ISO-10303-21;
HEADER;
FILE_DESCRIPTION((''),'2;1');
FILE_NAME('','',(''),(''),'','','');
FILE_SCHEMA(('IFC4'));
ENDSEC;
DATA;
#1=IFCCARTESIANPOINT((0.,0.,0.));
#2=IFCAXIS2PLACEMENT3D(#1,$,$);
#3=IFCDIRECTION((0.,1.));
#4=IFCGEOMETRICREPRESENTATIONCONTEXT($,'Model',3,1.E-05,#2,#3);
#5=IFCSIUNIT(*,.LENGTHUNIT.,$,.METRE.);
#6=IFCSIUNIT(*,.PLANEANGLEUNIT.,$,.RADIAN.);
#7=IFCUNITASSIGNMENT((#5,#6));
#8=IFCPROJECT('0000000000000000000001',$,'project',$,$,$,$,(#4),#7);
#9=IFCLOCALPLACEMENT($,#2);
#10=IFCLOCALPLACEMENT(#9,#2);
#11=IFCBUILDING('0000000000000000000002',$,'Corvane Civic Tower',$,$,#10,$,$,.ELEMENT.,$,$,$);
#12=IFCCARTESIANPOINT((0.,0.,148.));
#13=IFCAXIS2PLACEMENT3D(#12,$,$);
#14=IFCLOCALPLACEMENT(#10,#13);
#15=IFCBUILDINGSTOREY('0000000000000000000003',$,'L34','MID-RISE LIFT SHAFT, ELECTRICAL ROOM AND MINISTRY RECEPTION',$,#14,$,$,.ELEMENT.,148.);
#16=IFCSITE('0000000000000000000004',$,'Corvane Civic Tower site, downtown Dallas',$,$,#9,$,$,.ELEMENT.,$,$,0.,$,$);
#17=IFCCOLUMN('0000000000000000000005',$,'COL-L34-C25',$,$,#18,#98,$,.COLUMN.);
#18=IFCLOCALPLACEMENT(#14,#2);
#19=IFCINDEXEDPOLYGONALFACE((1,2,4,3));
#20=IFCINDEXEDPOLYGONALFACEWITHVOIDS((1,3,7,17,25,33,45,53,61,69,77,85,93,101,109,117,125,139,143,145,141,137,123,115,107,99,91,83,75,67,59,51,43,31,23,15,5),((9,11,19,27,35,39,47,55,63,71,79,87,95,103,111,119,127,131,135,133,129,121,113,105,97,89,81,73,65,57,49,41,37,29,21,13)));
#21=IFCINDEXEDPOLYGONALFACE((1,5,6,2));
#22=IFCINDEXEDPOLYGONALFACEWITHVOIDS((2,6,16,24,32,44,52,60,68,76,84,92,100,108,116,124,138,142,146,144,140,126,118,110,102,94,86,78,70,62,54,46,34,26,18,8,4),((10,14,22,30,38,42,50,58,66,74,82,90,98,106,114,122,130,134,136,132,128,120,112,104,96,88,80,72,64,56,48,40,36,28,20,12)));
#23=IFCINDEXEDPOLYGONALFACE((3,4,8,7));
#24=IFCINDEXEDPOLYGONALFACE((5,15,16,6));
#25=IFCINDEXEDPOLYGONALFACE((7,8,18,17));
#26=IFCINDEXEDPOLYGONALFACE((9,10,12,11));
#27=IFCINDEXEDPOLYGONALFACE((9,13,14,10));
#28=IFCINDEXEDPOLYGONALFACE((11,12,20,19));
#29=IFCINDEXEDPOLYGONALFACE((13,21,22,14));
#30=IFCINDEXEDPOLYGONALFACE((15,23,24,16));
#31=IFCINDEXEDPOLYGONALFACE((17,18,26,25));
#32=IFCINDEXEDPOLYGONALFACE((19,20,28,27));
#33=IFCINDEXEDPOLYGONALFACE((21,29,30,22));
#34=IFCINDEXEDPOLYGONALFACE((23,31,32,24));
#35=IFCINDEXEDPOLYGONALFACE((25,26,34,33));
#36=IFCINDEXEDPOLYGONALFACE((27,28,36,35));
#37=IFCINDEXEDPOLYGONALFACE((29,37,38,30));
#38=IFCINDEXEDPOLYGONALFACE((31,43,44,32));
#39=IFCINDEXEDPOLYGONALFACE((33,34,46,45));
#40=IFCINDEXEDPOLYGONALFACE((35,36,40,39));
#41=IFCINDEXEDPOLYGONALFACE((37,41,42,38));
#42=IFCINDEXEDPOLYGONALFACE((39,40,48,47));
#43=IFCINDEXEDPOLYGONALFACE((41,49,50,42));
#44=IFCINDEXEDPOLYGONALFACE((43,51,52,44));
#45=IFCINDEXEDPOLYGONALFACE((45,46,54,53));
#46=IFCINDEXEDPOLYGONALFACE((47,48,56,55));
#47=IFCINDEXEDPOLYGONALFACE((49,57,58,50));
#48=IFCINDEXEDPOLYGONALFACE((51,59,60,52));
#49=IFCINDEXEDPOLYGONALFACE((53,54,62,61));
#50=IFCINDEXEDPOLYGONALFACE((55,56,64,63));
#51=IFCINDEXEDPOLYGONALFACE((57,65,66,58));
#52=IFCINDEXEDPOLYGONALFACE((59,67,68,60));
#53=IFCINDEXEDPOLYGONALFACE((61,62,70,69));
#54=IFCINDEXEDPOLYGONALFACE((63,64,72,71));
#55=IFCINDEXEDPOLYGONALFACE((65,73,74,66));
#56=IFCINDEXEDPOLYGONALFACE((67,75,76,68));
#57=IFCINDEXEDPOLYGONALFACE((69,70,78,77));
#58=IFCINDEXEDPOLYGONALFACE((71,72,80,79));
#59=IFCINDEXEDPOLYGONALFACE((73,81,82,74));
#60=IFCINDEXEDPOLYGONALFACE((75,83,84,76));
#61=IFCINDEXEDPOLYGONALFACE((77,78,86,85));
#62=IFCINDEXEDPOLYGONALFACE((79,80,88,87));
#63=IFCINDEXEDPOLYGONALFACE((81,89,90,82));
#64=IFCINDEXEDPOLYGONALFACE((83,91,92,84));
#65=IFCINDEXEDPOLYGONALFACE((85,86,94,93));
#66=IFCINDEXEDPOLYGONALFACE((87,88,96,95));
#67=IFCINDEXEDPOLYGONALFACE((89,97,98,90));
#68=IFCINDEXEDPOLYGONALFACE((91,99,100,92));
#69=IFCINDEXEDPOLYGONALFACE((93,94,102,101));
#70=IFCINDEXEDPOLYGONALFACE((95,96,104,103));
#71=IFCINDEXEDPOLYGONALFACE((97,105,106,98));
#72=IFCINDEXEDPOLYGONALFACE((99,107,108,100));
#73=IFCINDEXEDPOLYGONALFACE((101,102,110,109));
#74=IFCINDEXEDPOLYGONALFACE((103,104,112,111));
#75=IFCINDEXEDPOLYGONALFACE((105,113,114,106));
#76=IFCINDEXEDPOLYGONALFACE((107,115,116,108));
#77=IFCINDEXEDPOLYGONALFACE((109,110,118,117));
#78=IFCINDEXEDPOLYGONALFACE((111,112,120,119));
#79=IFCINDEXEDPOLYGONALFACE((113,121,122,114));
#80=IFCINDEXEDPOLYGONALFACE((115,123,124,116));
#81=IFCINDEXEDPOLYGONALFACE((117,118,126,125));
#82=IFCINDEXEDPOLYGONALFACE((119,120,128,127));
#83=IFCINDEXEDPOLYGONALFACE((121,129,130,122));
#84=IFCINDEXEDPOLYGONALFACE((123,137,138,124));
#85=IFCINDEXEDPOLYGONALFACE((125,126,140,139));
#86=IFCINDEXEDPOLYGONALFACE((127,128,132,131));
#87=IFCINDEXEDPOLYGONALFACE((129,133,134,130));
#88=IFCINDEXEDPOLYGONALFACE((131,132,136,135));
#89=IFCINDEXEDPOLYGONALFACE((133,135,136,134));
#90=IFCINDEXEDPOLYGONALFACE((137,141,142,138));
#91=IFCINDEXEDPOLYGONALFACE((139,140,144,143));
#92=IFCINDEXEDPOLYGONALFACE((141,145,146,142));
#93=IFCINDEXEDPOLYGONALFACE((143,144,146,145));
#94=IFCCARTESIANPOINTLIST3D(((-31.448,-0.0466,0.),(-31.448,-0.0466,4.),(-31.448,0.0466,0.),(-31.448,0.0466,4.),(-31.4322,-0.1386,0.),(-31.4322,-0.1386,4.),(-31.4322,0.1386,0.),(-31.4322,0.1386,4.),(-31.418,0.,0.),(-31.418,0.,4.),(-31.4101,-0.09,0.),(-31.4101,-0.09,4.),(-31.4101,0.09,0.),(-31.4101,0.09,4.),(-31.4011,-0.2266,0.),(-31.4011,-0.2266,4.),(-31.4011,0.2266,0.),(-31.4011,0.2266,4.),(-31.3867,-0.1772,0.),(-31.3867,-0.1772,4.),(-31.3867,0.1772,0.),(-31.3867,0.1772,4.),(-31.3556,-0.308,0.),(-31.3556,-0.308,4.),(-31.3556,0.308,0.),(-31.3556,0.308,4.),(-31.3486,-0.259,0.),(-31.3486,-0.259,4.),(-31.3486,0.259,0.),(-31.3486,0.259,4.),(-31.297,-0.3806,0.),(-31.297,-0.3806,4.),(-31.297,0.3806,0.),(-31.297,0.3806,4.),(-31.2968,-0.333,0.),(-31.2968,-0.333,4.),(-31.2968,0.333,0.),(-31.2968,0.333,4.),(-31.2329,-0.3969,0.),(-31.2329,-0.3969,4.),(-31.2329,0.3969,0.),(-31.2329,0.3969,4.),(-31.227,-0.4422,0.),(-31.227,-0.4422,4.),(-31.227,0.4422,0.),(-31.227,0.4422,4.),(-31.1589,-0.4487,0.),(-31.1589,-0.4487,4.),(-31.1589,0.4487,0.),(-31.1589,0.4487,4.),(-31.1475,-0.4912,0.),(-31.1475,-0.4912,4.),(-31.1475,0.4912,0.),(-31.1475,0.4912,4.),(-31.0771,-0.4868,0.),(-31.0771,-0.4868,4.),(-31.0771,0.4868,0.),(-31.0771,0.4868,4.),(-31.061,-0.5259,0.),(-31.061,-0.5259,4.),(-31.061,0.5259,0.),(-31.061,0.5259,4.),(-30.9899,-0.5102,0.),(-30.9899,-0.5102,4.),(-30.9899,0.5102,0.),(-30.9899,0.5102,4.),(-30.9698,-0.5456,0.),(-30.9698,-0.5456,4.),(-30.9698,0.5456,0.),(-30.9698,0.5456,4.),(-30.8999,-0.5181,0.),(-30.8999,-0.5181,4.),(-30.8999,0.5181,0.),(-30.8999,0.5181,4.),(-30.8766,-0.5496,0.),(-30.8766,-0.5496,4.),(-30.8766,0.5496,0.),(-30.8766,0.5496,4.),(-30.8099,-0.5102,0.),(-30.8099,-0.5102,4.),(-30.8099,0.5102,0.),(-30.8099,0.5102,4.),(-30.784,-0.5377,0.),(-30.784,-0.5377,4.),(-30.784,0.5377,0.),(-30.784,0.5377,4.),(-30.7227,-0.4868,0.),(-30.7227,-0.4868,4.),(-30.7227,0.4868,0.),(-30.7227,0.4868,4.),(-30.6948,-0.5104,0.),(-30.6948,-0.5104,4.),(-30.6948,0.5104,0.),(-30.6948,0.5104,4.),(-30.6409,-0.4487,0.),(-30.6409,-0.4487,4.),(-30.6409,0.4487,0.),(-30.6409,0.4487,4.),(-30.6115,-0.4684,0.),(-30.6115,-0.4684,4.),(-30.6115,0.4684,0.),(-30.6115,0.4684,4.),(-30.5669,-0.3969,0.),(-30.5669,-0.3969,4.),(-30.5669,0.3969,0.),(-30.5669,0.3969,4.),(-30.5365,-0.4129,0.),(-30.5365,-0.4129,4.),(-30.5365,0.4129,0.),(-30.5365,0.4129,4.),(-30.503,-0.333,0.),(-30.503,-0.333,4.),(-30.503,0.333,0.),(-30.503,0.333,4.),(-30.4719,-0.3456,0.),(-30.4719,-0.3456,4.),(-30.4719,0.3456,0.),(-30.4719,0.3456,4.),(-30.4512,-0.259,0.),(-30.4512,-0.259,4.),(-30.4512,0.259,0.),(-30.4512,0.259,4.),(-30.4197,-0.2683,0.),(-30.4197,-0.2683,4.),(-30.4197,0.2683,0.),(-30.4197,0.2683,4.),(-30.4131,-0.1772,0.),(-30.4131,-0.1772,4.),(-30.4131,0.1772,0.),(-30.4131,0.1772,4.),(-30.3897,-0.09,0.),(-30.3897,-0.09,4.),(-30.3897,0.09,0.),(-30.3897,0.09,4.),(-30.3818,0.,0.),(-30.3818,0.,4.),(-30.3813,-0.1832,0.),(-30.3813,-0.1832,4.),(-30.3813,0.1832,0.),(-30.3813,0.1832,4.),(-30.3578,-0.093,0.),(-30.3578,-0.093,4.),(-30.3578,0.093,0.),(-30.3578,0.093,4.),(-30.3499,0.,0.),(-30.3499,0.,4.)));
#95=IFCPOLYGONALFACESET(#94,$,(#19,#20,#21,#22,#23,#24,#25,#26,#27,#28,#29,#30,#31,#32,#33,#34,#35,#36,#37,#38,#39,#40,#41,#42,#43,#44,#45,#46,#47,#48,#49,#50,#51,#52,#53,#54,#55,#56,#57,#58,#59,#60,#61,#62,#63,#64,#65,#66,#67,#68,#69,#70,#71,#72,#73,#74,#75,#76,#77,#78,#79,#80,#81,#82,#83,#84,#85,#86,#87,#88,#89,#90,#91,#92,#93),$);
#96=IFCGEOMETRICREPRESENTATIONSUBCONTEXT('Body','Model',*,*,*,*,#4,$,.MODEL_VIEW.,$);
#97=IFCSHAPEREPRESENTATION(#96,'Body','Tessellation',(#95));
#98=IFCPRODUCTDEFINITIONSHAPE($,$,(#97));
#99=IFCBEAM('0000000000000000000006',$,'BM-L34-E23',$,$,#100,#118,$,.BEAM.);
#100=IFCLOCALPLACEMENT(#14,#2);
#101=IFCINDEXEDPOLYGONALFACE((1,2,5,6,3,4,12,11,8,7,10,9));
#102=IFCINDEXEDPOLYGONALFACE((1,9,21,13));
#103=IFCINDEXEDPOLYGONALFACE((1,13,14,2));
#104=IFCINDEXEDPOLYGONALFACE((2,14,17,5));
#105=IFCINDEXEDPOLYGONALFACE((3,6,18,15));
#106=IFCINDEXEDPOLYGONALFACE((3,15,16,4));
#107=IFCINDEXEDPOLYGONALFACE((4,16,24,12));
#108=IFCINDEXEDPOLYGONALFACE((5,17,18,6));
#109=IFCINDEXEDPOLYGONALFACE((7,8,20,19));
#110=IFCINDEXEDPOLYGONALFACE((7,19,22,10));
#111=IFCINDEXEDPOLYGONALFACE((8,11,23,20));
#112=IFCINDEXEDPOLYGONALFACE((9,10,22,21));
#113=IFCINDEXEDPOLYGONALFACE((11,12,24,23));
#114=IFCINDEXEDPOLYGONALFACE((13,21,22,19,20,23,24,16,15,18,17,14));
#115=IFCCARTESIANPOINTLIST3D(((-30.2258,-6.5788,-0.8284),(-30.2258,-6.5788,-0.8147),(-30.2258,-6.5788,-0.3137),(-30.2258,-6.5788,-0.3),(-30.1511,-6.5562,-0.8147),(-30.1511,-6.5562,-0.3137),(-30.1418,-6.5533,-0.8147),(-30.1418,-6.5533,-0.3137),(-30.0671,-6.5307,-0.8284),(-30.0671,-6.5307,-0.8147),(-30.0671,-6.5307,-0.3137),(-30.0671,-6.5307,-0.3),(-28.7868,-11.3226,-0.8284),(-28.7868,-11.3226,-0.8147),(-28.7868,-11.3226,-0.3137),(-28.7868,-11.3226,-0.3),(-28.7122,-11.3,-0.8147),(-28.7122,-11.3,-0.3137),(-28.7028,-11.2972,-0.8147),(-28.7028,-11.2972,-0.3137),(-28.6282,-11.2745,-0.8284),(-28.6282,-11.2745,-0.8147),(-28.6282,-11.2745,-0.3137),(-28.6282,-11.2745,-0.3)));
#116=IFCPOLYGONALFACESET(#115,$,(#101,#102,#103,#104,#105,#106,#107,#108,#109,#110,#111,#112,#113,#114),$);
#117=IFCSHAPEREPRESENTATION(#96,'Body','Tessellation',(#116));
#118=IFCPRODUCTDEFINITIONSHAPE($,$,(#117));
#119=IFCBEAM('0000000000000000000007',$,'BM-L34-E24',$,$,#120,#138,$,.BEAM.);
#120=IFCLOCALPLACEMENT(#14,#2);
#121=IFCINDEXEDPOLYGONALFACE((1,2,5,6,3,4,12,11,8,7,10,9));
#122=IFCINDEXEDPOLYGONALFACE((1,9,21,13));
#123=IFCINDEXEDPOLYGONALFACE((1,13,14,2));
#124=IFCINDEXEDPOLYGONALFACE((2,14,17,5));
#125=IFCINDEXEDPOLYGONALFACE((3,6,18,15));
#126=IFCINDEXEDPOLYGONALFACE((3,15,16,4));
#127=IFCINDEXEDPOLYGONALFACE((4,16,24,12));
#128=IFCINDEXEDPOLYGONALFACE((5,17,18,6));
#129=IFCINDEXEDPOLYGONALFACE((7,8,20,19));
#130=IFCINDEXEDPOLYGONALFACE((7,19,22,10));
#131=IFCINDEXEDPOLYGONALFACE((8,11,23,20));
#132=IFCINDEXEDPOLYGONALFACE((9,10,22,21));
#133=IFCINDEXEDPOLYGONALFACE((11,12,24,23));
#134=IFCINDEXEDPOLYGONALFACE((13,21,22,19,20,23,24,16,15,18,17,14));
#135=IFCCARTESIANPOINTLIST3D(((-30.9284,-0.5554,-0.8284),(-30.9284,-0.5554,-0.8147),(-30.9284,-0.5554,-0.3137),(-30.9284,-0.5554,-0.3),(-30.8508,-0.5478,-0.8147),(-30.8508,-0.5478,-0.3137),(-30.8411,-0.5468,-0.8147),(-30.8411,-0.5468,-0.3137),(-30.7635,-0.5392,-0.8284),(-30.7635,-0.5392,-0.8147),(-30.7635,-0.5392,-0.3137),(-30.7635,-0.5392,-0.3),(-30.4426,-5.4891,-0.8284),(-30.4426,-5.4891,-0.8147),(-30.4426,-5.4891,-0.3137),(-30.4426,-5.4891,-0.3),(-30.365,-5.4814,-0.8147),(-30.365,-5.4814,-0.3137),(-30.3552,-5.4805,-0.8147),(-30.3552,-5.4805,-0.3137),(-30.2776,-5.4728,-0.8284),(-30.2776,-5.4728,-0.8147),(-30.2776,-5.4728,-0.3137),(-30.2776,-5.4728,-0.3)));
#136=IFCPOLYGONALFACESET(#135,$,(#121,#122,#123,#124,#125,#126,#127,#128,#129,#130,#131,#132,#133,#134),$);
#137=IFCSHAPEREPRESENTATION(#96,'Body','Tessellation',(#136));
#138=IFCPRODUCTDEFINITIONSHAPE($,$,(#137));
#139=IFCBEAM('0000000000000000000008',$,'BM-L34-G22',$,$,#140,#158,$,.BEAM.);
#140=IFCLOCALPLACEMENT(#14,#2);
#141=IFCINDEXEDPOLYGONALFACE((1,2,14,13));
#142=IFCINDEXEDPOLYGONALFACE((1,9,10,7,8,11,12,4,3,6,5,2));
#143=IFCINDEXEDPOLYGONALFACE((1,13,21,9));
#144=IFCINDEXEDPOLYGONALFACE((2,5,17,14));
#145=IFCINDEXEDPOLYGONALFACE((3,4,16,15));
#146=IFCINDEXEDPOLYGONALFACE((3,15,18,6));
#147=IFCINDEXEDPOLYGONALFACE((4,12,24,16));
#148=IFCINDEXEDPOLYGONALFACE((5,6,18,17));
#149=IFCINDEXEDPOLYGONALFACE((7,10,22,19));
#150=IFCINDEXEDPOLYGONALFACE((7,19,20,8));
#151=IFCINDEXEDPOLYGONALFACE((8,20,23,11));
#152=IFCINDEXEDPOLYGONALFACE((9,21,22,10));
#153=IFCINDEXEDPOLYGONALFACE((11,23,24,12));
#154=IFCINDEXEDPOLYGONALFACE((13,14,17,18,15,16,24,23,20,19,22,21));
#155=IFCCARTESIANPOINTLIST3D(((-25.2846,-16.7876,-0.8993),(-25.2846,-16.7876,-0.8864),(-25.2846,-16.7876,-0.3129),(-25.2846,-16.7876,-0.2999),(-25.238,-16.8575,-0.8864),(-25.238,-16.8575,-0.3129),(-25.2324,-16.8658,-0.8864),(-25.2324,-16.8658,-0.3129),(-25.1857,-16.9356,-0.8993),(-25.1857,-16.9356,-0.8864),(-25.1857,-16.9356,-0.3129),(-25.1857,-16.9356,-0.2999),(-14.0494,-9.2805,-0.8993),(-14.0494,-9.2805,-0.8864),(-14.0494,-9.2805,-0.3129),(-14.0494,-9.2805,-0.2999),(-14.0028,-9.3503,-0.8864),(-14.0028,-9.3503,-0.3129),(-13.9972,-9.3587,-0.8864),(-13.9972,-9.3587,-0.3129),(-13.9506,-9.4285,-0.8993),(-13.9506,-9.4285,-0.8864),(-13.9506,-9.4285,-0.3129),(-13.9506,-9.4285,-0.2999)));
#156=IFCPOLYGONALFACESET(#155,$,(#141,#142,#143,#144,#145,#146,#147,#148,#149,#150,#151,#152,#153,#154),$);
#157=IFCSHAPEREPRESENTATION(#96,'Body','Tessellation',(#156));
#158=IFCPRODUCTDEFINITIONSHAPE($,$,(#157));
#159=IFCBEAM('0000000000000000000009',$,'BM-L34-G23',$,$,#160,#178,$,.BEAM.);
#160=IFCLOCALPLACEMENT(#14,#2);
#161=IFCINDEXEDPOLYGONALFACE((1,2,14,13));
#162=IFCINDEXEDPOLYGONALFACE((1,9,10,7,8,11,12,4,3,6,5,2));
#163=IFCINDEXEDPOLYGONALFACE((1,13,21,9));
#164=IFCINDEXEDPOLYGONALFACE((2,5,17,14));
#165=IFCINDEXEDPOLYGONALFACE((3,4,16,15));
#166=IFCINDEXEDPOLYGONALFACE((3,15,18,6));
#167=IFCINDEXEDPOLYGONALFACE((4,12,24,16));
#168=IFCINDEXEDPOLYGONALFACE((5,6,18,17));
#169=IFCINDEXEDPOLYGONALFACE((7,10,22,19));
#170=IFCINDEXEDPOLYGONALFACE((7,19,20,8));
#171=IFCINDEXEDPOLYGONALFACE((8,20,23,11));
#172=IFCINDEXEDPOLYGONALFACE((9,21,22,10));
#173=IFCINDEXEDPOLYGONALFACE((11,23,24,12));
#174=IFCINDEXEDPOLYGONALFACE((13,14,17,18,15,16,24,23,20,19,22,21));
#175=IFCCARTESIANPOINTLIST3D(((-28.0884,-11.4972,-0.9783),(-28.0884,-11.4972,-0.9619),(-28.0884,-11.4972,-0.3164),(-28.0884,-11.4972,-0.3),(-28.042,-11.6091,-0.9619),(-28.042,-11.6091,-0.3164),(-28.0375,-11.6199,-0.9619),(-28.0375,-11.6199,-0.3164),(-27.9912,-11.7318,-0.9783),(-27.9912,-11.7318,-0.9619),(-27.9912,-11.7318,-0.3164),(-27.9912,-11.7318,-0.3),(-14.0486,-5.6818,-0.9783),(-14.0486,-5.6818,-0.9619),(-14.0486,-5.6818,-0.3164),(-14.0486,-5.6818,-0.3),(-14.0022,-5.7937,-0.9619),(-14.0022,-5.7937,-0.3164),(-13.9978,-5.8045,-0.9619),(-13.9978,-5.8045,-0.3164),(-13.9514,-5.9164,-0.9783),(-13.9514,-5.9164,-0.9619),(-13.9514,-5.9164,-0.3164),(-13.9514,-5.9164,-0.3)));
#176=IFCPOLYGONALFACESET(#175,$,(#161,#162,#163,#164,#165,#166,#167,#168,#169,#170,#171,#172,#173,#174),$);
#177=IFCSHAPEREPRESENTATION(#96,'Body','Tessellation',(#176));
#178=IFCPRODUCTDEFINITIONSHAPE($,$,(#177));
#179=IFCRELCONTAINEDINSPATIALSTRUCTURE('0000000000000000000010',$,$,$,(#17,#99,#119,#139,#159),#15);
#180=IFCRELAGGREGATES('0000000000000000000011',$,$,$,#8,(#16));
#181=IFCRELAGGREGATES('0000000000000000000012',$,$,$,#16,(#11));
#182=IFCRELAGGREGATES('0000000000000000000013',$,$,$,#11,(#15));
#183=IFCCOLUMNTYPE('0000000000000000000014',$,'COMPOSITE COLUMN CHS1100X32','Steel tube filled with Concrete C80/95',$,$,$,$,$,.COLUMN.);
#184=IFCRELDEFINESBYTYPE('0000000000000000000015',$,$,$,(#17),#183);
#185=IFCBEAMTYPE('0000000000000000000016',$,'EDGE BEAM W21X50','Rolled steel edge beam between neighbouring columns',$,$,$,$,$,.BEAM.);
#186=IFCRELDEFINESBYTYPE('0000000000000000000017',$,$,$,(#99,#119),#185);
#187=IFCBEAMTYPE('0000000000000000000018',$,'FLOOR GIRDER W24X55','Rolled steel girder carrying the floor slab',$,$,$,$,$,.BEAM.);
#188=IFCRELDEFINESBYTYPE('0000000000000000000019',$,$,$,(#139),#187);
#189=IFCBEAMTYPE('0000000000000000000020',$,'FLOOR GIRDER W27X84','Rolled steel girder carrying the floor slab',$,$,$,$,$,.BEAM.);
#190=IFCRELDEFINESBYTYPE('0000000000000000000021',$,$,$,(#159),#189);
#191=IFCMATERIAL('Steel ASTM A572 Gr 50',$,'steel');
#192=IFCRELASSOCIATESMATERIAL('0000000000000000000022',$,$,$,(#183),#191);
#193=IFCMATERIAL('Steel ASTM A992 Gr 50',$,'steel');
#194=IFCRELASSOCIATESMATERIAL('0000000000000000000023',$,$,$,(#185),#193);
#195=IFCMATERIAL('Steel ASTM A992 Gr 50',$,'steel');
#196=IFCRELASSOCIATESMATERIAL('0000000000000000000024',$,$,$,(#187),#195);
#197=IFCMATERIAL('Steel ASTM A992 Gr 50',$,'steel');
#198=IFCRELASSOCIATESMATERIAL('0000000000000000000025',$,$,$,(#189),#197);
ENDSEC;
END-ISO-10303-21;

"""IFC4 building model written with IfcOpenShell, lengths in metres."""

from ifc_helpers import new_model, si_unit, direction, frame, origin, origin_2d, place, context, subcontext, project, spatial, hollow_circle, i_section, extrude, material, material_profile, profile_set, type_object, element, save


model = new_model("IFC4")

# Units and contexts
model_context = context("Model", 3, precision=1e-05, world=origin(), true_north=direction((0.0, 1.0)))
body_context = subcontext(model_context, "Body", "Model", "MODEL_VIEW")
ifc_project = project(units=[si_unit("LENGTHUNIT", "METRE"), si_unit("PLANEANGLEUNIT", "RADIAN")], contexts=[model_context])

# Site, building, storey
site_placement = place(None, origin())
site = spatial("IfcSite", under=ifc_project, at=site_placement, Name="Corvane Civic Tower site, downtown Dallas", CompositionType="ELEMENT", RefElevation=0.0)
building_placement = place(site_placement, origin())
building = spatial("IfcBuilding", under=site, at=building_placement, Name="Corvane Civic Tower", CompositionType="ELEMENT")
storey_placement = place(building_placement, frame((0.0, 0.0, 148.0)))
storey = spatial("IfcBuildingStorey", under=building, at=storey_placement, Name="L34", Description="MID-RISE LIFT SHAFT, ELECTRICAL ROOM AND MINISTRY RECEPTION", CompositionType="ELEMENT", Elevation=148.0)

# Column
ifc_material_1 = material(Name="Steel ASTM A572 Gr 50", Category="steel")
ifc_material_profile_1 = material_profile(ifc_material_1, hollow_circle(Radius=0.55, WallThickness=0.032, at=origin_2d()), Name="CHS1100X32")
ifc_profile_set_1 = profile_set([ifc_material_profile_1], Name="Steel ASTM A572 Gr 50")
column_type = type_object("IfcColumnType", Name="COMPOSITE COLUMN CHS1100X32", Description="Steel tube filled with Concrete C80/95", PredefinedType="COLUMN", material=ifc_profile_set_1)
for number, where, z_axis, x_axis, name in (
    (1, (-30.8999, 0.0, 0.0), (0.0, 0.0, 1.0), (1.0, 0.0, 0.0), "COL-L34-C25"),
):
    element("IfcColumn", number, at=place(storey_placement, frame(where, z_axis=z_axis, x_axis=x_axis)), inside=storey, type_object=column_type, Name=name, PredefinedType="COLUMN", context=body_context, shape_type="SweptSolid", body=[
        extrude(hollow_circle(Radius=0.55, WallThickness=0.032, at=origin_2d()), origin(), (0.0, 0.0, 1.0), 4.0),
    ])

# Beams
ifc_material_2 = material(Name="Steel ASTM A992 Gr 50", Category="steel")
ifc_material_profile_2 = material_profile(ifc_material_2, i_section(OverallWidth=0.1658, OverallDepth=0.5283, WebThickness=0.0098, FlangeThickness=0.0137, at=origin_2d()), Name="W21X50")
ifc_profile_set_2 = profile_set([ifc_material_profile_2], Name="Steel ASTM A992 Gr 50")
beam_type_1 = type_object("IfcBeamType", Name="EDGE BEAM W21X50", Description="Rolled steel edge beam between neighbouring columns", PredefinedType="BEAM", material=ifc_profile_set_2)
beam_1_placement = place(storey_placement, frame((-28.7075, -11.2986, -0.5642), z_axis=(-0.29027, 0.956945, 0.0), x_axis=(-0.956945, -0.29027, 0.0)))
element("IfcBeam", 2, at=beam_1_placement, inside=storey, type_object=beam_type_1, Name="BM-L34-E23", PredefinedType="BEAM", context=body_context, shape_type="SweptSolid", body=[
    extrude(i_section(OverallWidth=0.1658, OverallDepth=0.5283, WebThickness=0.0098, FlangeThickness=0.0137, at=origin_2d()), origin(), (0.0, 0.0, 1.0), 4.9573),
])
beam_2_placement = place(storey_placement, frame((-30.3601, -5.481, -0.5642), z_axis=(-0.098002, 0.995186, 0.0), x_axis=(-0.995186, -0.098002, 0.0)))
element("IfcBeam", 3, at=beam_2_placement, inside=storey, type_object=beam_type_1, Name="BM-L34-E24", PredefinedType="BEAM", context=body_context, shape_type="SweptSolid", body=[
    extrude(i_section(OverallWidth=0.1658, OverallDepth=0.5283, WebThickness=0.0098, FlangeThickness=0.0137, at=origin_2d()), origin(), (0.0, 0.0, 1.0), 4.9575),
])
ifc_material_3 = material(Name="Steel ASTM A992 Gr 50", Category="steel")
ifc_material_profile_3 = material_profile(ifc_material_3, i_section(OverallWidth=0.178, OverallDepth=0.5994, WebThickness=0.01, FlangeThickness=0.0129, at=origin_2d()), Name="W24X55")
ifc_profile_set_3 = profile_set([ifc_material_profile_3], Name="Steel ASTM A992 Gr 50")
beam_type_2 = type_object("IfcBeamType", Name="FLOOR GIRDER W24X55", Description="Rolled steel girder carrying the floor slab", PredefinedType="BEAM", material=ifc_profile_set_3)
beam_3_placement = place(storey_placement, frame((-14.0, -9.3545, -0.5996), z_axis=(-0.831469, -0.555571, 0.0), x_axis=(0.555571, -0.831469, 0.0)))
element("IfcBeam", 4, at=beam_3_placement, inside=storey, type_object=beam_type_2, Name="BM-L34-G22", PredefinedType="BEAM", context=body_context, shape_type="SweptSolid", body=[
    extrude(i_section(OverallWidth=0.178, OverallDepth=0.5994, WebThickness=0.01, FlangeThickness=0.0129, at=origin_2d()), origin(), (0.0, 0.0, 1.0), 13.5125),
])
ifc_material_4 = material(Name="Steel ASTM A992 Gr 50", Category="steel")
ifc_material_profile_4 = material_profile(ifc_material_4, i_section(OverallWidth=0.2539, OverallDepth=0.6782, WebThickness=0.0117, FlangeThickness=0.0164, at=origin_2d()), Name="W27X84")
ifc_profile_set_4 = profile_set([ifc_material_profile_4], Name="Steel ASTM A992 Gr 50")
beam_type_3 = type_object("IfcBeamType", Name="FLOOR GIRDER W27X84", Description="Rolled steel girder carrying the floor slab", PredefinedType="BEAM", material=ifc_profile_set_4)
beam_4_placement = place(storey_placement, frame((-14.0, -5.7991, -0.6392), z_axis=(-0.923881, -0.382681, 0.0), x_axis=(0.382681, -0.923881, 0.0)))
element("IfcBeam", 5, at=beam_4_placement, inside=storey, type_object=beam_type_3, Name="BM-L34-G23", PredefinedType="BEAM", context=body_context, shape_type="SweptSolid", body=[
    extrude(i_section(OverallWidth=0.2539, OverallDepth=0.6782, WebThickness=0.0117, FlangeThickness=0.0164, at=origin_2d()), origin(), (0.0, 0.0, 1.0), 15.1965),
])

save(model, "model.ifc")
